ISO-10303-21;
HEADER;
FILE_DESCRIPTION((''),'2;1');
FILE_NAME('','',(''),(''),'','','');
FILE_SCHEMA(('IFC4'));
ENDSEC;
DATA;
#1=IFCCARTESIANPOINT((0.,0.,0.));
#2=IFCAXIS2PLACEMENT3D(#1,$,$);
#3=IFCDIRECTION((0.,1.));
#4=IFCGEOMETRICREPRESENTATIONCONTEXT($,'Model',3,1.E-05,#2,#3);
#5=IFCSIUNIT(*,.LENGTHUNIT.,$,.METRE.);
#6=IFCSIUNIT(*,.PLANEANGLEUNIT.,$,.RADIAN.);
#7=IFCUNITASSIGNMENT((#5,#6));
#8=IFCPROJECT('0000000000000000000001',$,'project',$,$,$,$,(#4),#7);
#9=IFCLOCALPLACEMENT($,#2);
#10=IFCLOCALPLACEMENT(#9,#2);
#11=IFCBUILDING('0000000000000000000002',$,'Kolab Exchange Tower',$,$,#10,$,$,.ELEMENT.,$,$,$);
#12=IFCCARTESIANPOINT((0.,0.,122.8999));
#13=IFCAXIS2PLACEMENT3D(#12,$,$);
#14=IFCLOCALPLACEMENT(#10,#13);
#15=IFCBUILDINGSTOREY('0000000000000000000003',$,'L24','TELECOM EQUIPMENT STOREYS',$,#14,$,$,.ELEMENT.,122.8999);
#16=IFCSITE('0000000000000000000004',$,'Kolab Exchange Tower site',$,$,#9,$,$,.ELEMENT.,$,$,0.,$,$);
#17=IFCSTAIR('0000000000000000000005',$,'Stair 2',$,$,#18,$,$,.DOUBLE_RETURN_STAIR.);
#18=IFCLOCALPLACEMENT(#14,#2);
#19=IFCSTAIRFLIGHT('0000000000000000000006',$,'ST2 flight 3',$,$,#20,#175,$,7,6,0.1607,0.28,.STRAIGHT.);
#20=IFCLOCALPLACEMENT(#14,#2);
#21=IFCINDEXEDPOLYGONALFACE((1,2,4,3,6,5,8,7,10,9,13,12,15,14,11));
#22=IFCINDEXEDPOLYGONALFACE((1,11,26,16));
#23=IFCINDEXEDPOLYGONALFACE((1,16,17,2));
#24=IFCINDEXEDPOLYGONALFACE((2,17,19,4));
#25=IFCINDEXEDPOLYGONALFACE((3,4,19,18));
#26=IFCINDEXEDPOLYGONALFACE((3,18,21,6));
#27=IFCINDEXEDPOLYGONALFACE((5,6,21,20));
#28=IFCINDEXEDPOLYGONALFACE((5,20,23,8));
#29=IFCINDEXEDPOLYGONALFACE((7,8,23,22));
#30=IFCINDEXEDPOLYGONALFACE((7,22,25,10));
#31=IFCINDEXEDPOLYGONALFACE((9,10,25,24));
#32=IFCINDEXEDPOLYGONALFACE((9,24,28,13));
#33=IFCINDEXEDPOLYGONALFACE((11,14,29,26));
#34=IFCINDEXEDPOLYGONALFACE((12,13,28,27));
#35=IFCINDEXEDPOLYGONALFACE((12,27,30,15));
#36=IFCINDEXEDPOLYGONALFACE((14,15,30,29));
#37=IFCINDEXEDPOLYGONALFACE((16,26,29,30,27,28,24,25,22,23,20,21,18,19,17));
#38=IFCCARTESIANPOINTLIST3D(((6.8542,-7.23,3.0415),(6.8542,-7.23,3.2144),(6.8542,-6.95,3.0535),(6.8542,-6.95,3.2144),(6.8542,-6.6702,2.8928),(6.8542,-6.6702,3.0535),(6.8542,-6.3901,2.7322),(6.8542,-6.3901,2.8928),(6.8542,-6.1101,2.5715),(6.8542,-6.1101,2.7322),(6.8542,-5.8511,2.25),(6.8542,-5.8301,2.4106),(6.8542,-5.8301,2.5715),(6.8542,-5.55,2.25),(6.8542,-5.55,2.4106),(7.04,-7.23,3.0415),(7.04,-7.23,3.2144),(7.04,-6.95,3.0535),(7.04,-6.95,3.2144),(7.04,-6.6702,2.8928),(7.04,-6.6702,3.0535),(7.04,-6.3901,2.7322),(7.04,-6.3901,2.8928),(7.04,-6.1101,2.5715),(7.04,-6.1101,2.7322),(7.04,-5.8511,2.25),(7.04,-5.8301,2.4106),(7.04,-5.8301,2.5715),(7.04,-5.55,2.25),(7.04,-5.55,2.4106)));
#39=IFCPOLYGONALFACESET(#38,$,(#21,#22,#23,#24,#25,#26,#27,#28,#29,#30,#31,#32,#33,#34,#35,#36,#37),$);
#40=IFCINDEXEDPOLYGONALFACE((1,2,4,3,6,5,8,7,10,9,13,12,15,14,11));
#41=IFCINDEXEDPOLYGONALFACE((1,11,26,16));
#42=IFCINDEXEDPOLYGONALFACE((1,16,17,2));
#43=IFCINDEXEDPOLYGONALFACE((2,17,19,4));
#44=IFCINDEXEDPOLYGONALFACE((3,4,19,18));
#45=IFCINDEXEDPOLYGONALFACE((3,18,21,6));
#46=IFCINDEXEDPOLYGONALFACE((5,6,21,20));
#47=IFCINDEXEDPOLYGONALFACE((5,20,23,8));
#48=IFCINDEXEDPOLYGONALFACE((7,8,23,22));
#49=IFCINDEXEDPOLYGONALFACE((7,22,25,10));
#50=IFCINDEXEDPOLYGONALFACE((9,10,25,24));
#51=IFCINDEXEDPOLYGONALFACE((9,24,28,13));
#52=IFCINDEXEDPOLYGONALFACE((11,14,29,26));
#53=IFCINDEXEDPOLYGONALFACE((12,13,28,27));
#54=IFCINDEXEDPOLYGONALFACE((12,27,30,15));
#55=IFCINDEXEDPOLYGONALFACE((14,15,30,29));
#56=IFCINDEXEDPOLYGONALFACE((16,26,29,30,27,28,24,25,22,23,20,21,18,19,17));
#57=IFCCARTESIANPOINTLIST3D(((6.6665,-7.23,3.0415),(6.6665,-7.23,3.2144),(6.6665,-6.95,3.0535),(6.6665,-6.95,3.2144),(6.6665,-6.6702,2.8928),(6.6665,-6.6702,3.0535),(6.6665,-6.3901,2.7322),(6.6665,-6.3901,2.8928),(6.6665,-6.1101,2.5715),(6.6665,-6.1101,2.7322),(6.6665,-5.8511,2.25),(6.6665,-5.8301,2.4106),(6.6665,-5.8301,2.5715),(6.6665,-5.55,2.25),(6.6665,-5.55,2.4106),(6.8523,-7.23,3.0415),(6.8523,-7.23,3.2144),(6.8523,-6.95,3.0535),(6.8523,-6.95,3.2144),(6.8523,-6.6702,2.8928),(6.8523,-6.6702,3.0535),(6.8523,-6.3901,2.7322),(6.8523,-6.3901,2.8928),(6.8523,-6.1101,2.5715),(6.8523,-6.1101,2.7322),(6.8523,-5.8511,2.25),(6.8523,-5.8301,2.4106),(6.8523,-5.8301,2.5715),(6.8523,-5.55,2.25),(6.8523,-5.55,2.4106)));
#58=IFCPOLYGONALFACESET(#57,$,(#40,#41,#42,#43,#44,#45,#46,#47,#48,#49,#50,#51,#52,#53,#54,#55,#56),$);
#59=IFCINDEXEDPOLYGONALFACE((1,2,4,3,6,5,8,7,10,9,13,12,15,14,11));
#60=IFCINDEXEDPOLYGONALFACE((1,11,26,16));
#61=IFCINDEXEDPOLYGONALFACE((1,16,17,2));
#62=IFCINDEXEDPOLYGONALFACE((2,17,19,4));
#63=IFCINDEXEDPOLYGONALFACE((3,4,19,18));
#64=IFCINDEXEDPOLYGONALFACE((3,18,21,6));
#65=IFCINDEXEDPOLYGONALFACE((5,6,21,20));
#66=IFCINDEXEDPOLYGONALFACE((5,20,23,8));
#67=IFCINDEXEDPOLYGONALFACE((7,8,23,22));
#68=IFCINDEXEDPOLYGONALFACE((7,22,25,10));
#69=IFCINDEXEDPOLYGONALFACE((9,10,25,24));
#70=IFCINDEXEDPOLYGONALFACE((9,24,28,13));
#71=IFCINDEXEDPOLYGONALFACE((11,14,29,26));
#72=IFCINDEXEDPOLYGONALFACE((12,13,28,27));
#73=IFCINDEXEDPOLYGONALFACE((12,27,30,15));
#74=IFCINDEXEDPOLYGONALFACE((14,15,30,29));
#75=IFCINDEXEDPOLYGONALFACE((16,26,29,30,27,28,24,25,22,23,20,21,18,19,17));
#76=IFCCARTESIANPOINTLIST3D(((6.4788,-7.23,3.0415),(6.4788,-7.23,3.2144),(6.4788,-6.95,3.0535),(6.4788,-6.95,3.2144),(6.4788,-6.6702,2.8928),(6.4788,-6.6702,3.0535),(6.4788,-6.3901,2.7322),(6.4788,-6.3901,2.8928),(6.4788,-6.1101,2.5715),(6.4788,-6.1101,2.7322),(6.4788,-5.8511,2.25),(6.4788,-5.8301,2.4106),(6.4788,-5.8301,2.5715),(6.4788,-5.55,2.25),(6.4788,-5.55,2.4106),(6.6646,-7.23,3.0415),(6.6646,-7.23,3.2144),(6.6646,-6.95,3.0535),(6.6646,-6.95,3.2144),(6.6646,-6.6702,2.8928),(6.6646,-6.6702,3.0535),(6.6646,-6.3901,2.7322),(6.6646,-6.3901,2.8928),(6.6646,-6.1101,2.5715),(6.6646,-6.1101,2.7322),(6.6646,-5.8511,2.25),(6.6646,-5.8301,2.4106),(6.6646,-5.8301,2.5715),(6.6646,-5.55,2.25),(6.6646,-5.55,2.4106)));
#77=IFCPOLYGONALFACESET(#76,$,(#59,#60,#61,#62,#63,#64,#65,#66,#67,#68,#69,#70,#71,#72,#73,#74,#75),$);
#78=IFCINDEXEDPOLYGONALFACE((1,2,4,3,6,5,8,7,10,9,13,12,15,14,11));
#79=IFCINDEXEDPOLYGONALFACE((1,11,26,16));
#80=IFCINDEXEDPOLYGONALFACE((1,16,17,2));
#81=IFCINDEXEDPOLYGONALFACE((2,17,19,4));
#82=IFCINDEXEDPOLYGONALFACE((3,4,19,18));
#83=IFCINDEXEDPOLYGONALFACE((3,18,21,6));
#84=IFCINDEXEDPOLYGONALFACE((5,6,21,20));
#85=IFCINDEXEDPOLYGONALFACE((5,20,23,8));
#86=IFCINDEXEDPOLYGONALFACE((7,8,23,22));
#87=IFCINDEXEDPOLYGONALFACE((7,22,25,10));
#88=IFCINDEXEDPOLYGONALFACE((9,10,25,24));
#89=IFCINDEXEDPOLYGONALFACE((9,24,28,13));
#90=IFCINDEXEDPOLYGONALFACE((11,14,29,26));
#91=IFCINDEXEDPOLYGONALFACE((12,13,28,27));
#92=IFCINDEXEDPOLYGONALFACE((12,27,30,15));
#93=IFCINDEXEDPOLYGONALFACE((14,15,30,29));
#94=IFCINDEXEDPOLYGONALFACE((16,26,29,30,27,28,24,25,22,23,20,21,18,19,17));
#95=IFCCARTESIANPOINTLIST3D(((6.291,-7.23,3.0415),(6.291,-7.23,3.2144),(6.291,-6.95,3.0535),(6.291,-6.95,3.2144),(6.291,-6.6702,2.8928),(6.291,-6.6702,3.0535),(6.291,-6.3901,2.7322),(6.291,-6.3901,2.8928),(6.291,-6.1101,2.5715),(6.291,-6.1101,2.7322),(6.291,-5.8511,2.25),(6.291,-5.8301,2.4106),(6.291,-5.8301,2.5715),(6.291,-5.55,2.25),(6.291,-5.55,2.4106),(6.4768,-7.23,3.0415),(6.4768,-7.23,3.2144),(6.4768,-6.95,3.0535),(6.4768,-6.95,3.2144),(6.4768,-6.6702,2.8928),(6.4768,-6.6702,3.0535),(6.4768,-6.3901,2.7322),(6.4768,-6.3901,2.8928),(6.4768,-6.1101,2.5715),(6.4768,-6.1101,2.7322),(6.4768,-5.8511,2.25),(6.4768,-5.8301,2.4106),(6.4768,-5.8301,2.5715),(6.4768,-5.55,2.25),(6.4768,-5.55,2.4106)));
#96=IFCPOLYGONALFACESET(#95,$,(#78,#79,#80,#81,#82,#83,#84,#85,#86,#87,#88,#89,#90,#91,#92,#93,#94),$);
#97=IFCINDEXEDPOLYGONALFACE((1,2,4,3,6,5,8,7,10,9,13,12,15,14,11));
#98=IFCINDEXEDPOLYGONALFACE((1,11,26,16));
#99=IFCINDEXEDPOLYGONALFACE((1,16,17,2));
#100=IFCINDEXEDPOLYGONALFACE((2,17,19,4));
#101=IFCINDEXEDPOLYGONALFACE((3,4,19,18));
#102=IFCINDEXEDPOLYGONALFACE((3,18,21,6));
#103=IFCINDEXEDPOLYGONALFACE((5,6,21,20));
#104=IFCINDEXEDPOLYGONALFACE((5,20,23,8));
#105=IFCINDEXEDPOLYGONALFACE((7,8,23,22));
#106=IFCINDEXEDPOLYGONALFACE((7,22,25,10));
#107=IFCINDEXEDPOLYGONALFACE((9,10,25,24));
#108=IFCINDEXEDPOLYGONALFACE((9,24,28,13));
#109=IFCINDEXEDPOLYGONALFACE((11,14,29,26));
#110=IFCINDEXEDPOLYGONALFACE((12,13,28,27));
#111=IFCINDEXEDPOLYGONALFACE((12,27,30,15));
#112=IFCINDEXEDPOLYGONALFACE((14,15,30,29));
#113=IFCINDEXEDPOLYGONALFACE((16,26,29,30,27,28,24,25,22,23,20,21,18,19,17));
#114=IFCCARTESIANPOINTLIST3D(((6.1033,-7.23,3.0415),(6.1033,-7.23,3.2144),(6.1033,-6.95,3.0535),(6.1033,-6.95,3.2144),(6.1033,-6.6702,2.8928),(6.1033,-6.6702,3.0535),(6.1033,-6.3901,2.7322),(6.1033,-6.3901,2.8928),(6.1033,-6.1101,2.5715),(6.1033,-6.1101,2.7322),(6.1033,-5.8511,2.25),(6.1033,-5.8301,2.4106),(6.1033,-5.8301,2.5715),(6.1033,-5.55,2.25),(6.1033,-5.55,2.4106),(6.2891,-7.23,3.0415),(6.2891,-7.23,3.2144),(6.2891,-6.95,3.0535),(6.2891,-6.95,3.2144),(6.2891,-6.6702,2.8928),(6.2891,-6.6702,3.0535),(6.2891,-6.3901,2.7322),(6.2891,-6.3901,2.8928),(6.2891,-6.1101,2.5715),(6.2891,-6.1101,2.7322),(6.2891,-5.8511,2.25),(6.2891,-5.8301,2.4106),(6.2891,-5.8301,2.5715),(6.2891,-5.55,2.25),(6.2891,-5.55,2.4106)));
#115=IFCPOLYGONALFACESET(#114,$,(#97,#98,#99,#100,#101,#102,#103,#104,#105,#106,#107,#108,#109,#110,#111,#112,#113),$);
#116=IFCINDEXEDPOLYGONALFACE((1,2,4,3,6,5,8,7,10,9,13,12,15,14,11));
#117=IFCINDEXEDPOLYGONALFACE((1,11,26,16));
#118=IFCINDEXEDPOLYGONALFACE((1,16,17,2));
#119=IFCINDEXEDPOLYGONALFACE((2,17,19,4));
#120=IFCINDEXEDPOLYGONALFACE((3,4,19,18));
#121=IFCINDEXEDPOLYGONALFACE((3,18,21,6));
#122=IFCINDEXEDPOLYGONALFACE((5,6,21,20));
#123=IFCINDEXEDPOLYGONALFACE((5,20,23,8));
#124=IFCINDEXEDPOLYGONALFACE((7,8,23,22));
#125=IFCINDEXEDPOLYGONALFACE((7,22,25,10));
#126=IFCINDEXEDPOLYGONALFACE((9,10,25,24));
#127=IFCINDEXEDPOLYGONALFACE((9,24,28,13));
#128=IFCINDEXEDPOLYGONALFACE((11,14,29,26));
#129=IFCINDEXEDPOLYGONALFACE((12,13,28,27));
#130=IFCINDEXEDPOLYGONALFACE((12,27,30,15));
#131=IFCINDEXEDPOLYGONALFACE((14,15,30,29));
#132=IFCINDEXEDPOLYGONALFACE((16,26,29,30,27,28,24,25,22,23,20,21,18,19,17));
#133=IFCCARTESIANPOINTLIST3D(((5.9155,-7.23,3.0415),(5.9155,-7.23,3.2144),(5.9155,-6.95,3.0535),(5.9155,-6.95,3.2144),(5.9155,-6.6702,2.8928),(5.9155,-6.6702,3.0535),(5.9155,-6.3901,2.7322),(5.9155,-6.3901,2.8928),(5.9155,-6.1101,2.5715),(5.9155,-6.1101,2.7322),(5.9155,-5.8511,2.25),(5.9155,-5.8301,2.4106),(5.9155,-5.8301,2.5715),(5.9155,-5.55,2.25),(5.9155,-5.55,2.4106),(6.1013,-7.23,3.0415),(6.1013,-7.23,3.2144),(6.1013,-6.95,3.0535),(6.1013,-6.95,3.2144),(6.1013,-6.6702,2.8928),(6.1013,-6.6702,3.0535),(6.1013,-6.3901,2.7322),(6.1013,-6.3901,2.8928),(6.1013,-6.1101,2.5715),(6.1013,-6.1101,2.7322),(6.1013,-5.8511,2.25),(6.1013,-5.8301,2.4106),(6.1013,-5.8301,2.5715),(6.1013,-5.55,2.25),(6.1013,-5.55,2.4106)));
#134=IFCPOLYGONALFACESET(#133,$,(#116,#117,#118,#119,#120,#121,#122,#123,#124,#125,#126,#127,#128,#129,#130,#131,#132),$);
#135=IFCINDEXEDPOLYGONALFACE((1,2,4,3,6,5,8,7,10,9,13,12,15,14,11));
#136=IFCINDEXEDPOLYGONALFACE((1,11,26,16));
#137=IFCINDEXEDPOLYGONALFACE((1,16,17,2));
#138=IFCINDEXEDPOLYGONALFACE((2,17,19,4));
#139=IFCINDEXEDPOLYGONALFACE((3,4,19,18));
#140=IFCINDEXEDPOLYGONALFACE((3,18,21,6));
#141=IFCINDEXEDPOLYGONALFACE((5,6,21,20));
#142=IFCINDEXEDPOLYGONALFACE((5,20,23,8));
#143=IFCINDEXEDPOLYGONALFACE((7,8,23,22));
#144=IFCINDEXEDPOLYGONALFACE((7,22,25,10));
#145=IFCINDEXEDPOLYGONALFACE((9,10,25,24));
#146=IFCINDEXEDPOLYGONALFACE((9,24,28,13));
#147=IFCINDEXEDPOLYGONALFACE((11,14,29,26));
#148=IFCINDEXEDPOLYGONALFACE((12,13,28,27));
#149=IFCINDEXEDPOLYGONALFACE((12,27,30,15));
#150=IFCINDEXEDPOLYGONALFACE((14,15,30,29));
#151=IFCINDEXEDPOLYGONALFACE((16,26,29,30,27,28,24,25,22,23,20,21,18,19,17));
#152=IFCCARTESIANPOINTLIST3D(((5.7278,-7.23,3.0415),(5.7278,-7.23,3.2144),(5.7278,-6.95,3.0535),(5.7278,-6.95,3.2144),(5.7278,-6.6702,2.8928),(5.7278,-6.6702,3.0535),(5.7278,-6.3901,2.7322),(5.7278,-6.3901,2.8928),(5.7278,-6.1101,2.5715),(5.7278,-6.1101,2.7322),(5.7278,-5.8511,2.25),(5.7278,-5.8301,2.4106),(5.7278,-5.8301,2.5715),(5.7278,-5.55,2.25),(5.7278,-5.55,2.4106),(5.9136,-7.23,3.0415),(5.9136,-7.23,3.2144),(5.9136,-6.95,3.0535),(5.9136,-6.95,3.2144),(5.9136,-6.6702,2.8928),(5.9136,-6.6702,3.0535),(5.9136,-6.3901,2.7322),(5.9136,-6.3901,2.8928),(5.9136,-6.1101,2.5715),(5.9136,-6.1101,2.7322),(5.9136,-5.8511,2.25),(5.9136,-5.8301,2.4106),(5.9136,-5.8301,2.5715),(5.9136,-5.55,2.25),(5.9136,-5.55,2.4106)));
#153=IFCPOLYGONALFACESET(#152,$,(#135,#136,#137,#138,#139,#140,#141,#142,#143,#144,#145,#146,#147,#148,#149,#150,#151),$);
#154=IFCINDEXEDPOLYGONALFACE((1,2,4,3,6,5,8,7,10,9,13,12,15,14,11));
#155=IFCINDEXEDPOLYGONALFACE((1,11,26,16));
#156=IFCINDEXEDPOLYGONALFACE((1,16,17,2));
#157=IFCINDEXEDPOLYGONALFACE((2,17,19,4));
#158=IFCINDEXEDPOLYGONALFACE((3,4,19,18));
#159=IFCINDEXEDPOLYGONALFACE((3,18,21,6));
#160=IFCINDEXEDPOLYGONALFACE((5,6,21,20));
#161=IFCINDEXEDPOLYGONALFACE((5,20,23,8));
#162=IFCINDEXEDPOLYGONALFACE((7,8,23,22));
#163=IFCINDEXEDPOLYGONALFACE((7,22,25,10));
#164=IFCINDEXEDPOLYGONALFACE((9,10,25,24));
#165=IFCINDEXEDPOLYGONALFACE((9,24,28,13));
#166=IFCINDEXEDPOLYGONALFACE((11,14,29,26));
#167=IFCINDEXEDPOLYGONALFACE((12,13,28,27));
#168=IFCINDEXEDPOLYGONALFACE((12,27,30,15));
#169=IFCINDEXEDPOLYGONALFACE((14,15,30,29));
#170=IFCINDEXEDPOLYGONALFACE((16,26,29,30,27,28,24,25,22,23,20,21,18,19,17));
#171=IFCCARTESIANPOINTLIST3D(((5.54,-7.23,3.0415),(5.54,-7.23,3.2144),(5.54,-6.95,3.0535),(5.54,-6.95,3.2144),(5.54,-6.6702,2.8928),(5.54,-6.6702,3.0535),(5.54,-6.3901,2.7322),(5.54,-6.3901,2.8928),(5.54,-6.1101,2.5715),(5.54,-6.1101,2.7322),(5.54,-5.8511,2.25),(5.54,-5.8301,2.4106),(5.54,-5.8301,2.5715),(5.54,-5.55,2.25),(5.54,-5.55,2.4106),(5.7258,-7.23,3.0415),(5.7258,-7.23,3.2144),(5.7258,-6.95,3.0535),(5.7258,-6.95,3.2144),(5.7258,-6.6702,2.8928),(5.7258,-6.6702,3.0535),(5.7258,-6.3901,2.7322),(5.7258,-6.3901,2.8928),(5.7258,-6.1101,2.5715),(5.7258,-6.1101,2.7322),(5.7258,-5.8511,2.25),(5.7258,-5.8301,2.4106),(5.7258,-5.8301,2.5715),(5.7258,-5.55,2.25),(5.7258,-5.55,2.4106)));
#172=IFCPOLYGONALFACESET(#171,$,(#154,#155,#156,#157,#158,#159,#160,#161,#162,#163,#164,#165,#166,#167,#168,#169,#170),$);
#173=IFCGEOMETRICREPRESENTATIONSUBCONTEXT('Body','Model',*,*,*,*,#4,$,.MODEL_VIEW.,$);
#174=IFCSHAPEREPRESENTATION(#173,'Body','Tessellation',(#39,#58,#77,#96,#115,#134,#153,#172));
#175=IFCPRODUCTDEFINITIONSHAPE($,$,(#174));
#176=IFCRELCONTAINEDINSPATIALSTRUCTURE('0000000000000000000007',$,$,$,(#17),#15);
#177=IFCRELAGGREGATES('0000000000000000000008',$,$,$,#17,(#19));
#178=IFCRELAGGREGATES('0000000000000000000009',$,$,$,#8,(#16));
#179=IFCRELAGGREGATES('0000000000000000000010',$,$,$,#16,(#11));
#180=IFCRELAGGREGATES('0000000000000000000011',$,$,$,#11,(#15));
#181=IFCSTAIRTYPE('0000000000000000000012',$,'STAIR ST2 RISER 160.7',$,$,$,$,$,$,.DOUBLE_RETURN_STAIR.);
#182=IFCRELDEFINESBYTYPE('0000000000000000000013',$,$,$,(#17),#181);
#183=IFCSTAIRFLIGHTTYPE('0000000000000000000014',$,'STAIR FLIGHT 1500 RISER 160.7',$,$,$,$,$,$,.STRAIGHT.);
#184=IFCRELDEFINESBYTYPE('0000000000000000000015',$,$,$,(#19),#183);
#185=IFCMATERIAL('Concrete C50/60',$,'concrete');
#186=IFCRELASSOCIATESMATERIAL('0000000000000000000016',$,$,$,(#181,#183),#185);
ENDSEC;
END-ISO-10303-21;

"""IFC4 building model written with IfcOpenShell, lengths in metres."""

from ifc_helpers import new_model, si_unit, direction, frame, origin, place, context, subcontext, project, spatial, polyline, outline, extrude, material, type_object, element, aggregate, save


model = new_model("IFC4")

# Units and contexts
model_context = context("Model", 3, precision=1e-05, world=origin(), true_north=direction((0.0, 1.0)))
body_context = subcontext(model_context, "Body", "Model", "MODEL_VIEW")
ifc_project = project(units=[si_unit("LENGTHUNIT", "METRE"), si_unit("PLANEANGLEUNIT", "RADIAN")], contexts=[model_context])

# Site, building, storey
site_placement = place(None, origin())
site = spatial("IfcSite", under=ifc_project, at=site_placement, Name="Kolab Exchange Tower site", CompositionType="ELEMENT", RefElevation=0.0)
building_placement = place(site_placement, origin())
building = spatial("IfcBuilding", under=site, at=building_placement, Name="Kolab Exchange Tower", CompositionType="ELEMENT")
storey_placement = place(building_placement, frame((0.0, 0.0, 122.8999)))
storey = spatial("IfcBuildingStorey", under=building, at=storey_placement, Name="L24", Description="TELECOM EQUIPMENT STOREYS", CompositionType="ELEMENT", Elevation=122.8999)

# Shared definitions
ifc_material_1 = material(Name="Concrete C50/60", Category="concrete")

# Stair, stair flight
stair_type = type_object("IfcStairType", Name="STAIR ST2 RISER 160.7", PredefinedType="DOUBLE_RETURN_STAIR", material=ifc_material_1)
stair_placement = place(storey_placement, origin())
stair = element("IfcStair", 1, at=stair_placement, inside=storey, type_object=stair_type, Name="Stair 2", PredefinedType="DOUBLE_RETURN_STAIR")
stair_flight_type = type_object("IfcStairFlightType", Name="STAIR FLIGHT 1500 RISER 160.7", PredefinedType="STRAIGHT", material=ifc_material_1)
stair_flight_1_placement = place(storey_placement, frame((6.29, -5.55, 2.25), z_axis=(0.0, 0.0, 1.0), x_axis=(0.0, -1.0, 0.0)))
stair_flight_1 = element("IfcStairFlight", 2, at=stair_flight_1_placement, type_object=stair_flight_type, Name="ST2 flight 3", NumberOfRisers=7, NumberOfTreads=6, PredefinedType="STRAIGHT", RiserHeight=0.1607, TreadLength=0.28, context=body_context, shape_type="SweptSolid", body=[
    extrude(outline(polyline([(0.0, 0.0), (0.0, 0.1606), (0.28, 0.1606), (0.28, 0.3215), (0.5601, 0.3215), (0.5601, 0.4822), (0.8401, 0.4822), (0.8401, 0.6428), (1.1201, 0.6428), (1.1201, 0.8035), (1.3999, 0.8035), (1.3999, 0.9644), (1.6799, 0.9644), (1.6799, 1.125), (1.6799, 0.7915), (0.301, 0.0), (0.0, 0.0)])), frame((0.0, 0.75, 0.0), z_axis=(0.0, -1.0, 0.0), x_axis=(1.0, 0.0, 0.0)), (0.0, 0.0, 1.0), 0.1858),
    extrude(outline(polyline([(0.0, 0.0), (0.0, 0.1606), (0.28, 0.1606), (0.28, 0.3215), (0.5601, 0.3215), (0.5601, 0.4822), (0.8401, 0.4822), (0.8401, 0.6428), (1.1201, 0.6428), (1.1201, 0.8035), (1.3999, 0.8035), (1.3999, 0.9644), (1.6799, 0.9644), (1.6799, 1.125), (1.6799, 0.7915), (0.301, 0.0), (0.0, 0.0)])), frame((0.0, 0.5623, 0.0), z_axis=(0.0, -1.0, 0.0), x_axis=(1.0, 0.0, 0.0)), (0.0, 0.0, 1.0), 0.1858),
    extrude(outline(polyline([(0.0, 0.0), (0.0, 0.1606), (0.28, 0.1606), (0.28, 0.3215), (0.5601, 0.3215), (0.5601, 0.4822), (0.8401, 0.4822), (0.8401, 0.6428), (1.1201, 0.6428), (1.1201, 0.8035), (1.3999, 0.8035), (1.3999, 0.9644), (1.6799, 0.9644), (1.6799, 1.125), (1.6799, 0.7915), (0.301, 0.0), (0.0, 0.0)])), frame((0.0, 0.3745, 0.0), z_axis=(0.0, -1.0, 0.0), x_axis=(1.0, 0.0, 0.0)), (0.0, 0.0, 1.0), 0.1858),
    extrude(outline(polyline([(0.0, 0.0), (0.0, 0.1606), (0.28, 0.1606), (0.28, 0.3215), (0.5601, 0.3215), (0.5601, 0.4822), (0.8401, 0.4822), (0.8401, 0.6428), (1.1201, 0.6428), (1.1201, 0.8035), (1.3999, 0.8035), (1.3999, 0.9644), (1.6799, 0.9644), (1.6799, 1.125), (1.6799, 0.7915), (0.301, 0.0), (0.0, 0.0)])), frame((0.0, 0.1868, 0.0), z_axis=(0.0, -1.0, 0.0), x_axis=(1.0, 0.0, 0.0)), (0.0, 0.0, 1.0), 0.1858),
    extrude(outline(polyline([(0.0, 0.0), (0.0, 0.1606), (0.28, 0.1606), (0.28, 0.3215), (0.5601, 0.3215), (0.5601, 0.4822), (0.8401, 0.4822), (0.8401, 0.6428), (1.1201, 0.6428), (1.1201, 0.8035), (1.3999, 0.8035), (1.3999, 0.9644), (1.6799, 0.9644), (1.6799, 1.125), (1.6799, 0.7915), (0.301, 0.0), (0.0, 0.0)])), frame((0.0, -0.001, 0.0), z_axis=(0.0, -1.0, 0.0), x_axis=(1.0, 0.0, 0.0)), (0.0, 0.0, 1.0), 0.1858),
    extrude(outline(polyline([(0.0, 0.0), (0.0, 0.1606), (0.28, 0.1606), (0.28, 0.3215), (0.5601, 0.3215), (0.5601, 0.4822), (0.8401, 0.4822), (0.8401, 0.6428), (1.1201, 0.6428), (1.1201, 0.8035), (1.3999, 0.8035), (1.3999, 0.9644), (1.6799, 0.9644), (1.6799, 1.125), (1.6799, 0.7915), (0.301, 0.0), (0.0, 0.0)])), frame((0.0, -0.1887, 0.0), z_axis=(0.0, -1.0, 0.0), x_axis=(1.0, 0.0, 0.0)), (0.0, 0.0, 1.0), 0.1858),
    extrude(outline(polyline([(0.0, 0.0), (0.0, 0.1606), (0.28, 0.1606), (0.28, 0.3215), (0.5601, 0.3215), (0.5601, 0.4822), (0.8401, 0.4822), (0.8401, 0.6428), (1.1201, 0.6428), (1.1201, 0.8035), (1.3999, 0.8035), (1.3999, 0.9644), (1.6799, 0.9644), (1.6799, 1.125), (1.6799, 0.7915), (0.301, 0.0), (0.0, 0.0)])), frame((0.0, -0.3765, 0.0), z_axis=(0.0, -1.0, 0.0), x_axis=(1.0, 0.0, 0.0)), (0.0, 0.0, 1.0), 0.1858),
    extrude(outline(polyline([(0.0, 0.0), (0.0, 0.1606), (0.28, 0.1606), (0.28, 0.3215), (0.5601, 0.3215), (0.5601, 0.4822), (0.8401, 0.4822), (0.8401, 0.6428), (1.1201, 0.6428), (1.1201, 0.8035), (1.3999, 0.8035), (1.3999, 0.9644), (1.6799, 0.9644), (1.6799, 1.125), (1.6799, 0.7915), (0.301, 0.0), (0.0, 0.0)])), frame((0.0, -0.5642, 0.0), z_axis=(0.0, -1.0, 0.0), x_axis=(1.0, 0.0, 0.0)), (0.0, 0.0, 1.0), 0.1858),
])
aggregate(stair, [stair_flight_1])

save(model, "model.ifc")
